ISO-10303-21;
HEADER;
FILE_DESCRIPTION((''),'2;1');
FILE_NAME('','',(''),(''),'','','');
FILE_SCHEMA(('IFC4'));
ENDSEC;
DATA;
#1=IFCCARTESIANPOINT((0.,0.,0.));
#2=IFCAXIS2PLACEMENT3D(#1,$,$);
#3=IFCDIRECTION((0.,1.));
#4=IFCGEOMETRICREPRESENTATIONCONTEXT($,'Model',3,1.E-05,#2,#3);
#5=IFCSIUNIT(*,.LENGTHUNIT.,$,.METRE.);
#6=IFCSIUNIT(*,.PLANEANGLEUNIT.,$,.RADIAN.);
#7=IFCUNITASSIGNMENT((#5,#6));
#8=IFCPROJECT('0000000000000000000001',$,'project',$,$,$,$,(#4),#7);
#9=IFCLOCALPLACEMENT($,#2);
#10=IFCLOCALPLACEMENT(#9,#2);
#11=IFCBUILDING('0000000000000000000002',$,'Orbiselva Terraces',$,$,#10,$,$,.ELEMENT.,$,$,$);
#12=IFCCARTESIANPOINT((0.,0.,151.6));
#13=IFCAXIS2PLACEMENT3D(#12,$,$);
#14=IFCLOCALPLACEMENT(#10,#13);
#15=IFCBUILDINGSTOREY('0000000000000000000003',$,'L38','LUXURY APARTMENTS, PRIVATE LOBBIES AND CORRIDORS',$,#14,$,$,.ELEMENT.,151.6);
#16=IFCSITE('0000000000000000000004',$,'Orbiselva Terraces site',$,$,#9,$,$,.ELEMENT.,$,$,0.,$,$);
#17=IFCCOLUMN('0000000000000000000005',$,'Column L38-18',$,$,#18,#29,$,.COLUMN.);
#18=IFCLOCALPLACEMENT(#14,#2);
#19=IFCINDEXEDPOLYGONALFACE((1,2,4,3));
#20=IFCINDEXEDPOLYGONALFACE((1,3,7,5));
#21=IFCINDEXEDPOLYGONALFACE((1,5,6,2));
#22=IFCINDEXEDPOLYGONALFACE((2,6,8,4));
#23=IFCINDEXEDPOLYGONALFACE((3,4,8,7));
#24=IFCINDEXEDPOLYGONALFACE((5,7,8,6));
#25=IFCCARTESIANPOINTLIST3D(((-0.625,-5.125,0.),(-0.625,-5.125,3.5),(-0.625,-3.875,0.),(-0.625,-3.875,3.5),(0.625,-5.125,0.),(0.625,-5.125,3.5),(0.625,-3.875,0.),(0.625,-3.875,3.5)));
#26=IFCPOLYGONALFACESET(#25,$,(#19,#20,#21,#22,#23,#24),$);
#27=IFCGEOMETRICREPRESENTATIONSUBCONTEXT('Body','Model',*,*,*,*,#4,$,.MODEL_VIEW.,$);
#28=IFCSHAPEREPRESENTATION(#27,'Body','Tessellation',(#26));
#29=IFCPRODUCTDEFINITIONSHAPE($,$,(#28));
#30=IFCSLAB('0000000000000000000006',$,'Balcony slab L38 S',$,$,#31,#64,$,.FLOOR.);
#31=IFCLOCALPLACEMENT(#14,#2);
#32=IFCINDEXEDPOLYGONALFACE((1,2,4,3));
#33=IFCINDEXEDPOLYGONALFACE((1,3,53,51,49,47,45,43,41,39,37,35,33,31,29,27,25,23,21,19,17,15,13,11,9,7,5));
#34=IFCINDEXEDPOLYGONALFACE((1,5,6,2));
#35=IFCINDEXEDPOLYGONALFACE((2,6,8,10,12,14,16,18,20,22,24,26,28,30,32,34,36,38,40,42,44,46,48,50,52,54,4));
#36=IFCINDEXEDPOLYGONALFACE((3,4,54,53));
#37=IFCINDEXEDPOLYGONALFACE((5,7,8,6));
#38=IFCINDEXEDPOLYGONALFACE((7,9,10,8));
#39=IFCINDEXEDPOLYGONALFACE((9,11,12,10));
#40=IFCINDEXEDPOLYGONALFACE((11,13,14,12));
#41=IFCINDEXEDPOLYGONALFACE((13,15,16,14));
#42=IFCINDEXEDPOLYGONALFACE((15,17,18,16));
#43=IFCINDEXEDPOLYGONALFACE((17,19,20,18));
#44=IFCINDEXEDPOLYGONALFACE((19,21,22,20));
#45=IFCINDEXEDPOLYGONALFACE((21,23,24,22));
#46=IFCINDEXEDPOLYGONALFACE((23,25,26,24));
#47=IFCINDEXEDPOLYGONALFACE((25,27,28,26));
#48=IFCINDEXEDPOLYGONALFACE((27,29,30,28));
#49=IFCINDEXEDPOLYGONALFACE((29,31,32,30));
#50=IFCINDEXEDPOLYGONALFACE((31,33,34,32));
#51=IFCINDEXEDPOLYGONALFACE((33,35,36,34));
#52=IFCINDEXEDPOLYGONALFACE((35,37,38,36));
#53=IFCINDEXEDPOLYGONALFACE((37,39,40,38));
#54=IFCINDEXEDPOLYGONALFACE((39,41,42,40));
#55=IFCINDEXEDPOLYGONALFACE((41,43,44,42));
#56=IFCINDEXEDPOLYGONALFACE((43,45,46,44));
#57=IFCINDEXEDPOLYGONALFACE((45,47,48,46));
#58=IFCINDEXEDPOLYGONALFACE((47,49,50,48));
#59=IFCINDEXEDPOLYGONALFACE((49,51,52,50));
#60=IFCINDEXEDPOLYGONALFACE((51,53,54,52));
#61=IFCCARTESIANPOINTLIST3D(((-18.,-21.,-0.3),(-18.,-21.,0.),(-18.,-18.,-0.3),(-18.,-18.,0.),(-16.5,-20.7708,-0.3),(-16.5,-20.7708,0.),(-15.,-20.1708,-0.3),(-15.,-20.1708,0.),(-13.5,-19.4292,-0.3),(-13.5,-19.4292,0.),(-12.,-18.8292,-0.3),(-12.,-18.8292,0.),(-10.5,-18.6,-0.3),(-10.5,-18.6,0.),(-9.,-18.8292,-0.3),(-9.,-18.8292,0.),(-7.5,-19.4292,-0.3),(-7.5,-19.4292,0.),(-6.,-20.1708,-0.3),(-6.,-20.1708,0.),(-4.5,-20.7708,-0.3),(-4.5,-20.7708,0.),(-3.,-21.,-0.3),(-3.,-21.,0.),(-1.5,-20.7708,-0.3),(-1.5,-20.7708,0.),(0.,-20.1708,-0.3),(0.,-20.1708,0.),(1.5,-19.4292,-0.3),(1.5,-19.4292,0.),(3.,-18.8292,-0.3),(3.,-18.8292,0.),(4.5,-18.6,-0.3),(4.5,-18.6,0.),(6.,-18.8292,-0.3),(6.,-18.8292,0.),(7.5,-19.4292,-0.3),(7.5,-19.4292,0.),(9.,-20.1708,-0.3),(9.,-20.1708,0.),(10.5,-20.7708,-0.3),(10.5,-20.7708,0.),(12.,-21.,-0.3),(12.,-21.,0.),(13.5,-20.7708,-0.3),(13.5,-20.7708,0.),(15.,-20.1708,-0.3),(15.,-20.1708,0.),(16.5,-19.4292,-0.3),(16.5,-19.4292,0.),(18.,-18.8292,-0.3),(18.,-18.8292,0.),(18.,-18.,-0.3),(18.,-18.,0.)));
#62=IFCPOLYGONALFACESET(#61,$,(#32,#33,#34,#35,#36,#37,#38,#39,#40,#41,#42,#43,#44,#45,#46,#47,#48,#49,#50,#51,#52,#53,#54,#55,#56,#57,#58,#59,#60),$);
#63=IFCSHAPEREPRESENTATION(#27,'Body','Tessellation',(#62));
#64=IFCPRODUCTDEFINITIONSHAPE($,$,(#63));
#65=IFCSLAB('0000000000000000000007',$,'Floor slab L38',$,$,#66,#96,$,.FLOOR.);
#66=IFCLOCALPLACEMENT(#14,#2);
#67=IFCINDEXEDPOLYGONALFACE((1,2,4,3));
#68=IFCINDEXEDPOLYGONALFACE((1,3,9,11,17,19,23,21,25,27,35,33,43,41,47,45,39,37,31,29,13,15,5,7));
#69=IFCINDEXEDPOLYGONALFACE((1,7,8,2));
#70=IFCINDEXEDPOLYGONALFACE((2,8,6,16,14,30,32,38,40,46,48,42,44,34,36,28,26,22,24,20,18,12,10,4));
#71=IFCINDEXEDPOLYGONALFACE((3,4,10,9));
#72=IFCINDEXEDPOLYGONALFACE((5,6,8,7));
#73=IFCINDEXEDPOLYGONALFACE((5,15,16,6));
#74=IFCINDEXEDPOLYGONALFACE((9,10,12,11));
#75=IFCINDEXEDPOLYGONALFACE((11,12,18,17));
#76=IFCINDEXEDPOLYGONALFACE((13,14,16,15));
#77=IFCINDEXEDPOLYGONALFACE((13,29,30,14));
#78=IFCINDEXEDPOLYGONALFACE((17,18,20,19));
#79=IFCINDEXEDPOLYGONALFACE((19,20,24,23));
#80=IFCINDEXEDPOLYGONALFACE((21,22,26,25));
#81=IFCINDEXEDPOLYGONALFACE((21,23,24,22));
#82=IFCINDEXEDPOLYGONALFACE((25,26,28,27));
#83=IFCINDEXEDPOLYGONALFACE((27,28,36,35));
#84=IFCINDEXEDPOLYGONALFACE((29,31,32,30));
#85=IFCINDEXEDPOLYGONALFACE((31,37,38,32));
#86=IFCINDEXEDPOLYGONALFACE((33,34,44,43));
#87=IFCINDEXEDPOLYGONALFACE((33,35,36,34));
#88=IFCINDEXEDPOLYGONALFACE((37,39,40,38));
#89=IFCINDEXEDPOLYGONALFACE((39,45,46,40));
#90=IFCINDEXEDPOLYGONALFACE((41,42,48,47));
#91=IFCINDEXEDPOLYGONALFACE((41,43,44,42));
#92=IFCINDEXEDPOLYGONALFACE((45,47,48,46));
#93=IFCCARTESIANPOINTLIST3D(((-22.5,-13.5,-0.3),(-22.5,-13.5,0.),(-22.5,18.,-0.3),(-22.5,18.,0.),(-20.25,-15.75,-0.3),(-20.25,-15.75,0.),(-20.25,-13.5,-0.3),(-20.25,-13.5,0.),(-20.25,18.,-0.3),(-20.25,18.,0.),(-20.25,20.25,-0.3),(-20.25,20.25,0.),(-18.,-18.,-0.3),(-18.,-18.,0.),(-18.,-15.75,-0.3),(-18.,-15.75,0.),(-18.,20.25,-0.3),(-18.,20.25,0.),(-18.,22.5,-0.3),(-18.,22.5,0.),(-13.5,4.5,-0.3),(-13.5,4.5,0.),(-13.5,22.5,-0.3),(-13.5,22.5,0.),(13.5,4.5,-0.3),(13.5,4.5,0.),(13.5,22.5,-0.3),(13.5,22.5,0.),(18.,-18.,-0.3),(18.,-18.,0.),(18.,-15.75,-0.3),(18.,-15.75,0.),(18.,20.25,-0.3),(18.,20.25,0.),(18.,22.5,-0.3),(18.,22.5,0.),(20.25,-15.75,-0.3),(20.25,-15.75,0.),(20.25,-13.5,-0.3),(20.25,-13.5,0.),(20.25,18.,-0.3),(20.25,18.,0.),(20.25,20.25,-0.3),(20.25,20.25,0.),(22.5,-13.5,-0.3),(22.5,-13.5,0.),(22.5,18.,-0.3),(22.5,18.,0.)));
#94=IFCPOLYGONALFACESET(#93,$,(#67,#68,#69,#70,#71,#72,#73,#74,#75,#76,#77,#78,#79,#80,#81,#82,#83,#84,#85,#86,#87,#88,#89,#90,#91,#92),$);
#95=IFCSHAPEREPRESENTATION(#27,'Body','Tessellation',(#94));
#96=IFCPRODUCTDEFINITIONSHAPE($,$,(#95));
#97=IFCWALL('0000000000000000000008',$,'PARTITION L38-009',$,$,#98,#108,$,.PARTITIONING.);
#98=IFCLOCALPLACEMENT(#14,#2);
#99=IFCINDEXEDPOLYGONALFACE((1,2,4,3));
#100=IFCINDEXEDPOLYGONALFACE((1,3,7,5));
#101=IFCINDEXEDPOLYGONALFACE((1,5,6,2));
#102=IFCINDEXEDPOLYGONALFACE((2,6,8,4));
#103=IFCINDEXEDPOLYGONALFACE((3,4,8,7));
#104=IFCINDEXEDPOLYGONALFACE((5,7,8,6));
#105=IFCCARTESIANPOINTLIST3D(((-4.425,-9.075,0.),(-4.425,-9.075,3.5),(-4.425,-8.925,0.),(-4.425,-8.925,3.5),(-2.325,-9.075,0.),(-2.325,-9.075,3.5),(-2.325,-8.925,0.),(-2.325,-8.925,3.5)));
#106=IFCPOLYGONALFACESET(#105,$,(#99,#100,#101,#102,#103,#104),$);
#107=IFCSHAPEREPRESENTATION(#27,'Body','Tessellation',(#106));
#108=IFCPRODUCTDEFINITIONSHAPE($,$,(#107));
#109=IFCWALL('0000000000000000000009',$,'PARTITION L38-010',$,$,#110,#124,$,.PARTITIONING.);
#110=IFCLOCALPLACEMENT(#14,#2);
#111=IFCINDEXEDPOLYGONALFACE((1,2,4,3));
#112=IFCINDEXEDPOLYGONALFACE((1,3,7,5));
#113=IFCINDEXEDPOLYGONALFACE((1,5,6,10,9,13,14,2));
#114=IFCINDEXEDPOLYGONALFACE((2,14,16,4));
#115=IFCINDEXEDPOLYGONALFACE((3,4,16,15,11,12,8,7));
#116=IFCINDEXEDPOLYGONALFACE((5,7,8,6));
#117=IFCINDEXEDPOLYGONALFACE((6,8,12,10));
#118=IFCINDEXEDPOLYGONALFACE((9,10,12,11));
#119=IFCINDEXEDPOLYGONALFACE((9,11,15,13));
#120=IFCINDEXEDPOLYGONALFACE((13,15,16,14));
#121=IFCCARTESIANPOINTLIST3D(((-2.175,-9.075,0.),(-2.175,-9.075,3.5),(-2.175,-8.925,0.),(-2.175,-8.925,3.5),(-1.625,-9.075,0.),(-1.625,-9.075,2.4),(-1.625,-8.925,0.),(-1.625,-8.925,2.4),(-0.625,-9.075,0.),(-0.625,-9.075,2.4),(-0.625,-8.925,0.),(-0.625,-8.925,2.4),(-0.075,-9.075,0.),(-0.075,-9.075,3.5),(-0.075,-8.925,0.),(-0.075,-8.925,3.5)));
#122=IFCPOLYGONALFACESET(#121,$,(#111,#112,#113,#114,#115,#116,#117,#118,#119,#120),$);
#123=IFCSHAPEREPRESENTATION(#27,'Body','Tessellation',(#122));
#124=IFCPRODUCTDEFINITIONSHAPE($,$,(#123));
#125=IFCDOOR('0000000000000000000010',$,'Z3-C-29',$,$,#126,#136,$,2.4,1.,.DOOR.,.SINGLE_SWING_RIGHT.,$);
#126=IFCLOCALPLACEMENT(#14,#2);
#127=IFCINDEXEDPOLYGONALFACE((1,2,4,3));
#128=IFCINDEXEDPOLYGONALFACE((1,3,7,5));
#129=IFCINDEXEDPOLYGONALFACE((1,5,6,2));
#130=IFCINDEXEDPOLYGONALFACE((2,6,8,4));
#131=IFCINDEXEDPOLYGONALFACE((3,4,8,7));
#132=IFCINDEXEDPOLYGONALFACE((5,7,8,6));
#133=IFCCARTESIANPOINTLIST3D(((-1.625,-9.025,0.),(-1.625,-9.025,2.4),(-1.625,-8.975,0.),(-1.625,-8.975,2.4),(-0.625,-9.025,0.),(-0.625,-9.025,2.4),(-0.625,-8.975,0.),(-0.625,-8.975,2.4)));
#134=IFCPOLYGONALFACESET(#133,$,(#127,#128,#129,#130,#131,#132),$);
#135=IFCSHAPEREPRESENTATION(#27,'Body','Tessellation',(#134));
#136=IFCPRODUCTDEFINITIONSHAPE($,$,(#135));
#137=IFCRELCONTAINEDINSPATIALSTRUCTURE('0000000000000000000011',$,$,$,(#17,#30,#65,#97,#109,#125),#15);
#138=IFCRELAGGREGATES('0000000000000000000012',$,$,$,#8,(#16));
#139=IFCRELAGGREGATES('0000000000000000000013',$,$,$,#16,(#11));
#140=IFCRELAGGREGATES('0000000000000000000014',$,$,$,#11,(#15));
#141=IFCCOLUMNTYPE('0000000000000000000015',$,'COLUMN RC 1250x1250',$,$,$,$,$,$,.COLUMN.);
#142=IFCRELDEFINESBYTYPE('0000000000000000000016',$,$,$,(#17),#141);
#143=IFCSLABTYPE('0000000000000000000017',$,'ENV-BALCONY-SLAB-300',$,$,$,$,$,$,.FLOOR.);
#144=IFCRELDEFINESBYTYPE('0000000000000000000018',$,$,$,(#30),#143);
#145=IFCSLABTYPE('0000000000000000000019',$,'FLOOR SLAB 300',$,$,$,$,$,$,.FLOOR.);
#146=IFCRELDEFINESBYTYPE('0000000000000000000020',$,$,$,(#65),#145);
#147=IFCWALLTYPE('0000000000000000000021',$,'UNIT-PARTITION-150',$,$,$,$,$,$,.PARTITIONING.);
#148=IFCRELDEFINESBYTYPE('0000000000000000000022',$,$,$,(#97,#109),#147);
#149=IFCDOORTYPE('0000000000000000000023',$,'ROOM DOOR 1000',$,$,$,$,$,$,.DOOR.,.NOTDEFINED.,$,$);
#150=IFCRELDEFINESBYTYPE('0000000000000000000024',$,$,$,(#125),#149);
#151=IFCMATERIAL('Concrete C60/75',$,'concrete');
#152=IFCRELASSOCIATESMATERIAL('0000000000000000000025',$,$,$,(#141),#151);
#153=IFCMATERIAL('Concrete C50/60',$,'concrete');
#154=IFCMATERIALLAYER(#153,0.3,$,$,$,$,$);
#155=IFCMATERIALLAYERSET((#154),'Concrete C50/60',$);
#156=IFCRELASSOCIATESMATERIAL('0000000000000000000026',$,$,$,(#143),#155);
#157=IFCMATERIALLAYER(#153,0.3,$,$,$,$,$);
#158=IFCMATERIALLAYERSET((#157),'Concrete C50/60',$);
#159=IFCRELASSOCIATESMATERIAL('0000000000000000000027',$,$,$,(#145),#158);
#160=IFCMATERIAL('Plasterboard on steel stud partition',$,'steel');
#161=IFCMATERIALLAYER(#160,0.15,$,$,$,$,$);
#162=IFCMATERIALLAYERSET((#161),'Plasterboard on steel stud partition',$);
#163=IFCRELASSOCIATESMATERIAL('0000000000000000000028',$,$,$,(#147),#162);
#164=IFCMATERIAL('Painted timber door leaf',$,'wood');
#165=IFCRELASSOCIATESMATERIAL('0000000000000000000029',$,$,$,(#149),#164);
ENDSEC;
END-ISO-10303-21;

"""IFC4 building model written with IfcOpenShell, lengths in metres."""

from ifc_helpers import new_model, si_unit, direction, frame, frame_2d, origin, origin_2d, place, context, subcontext, project, spatial, polyline, rectangle, outline, extrude, material, layer, layer_set, material_profile, profile_set, type_object, element, fill, save


model = new_model("IFC4")

# Units and contexts
model_context = context("Model", 3, precision=1e-05, world=origin(), true_north=direction((0.0, 1.0)))
body_context = subcontext(model_context, "Body", "Model", "MODEL_VIEW")
ifc_project = project(units=[si_unit("LENGTHUNIT", "METRE"), si_unit("PLANEANGLEUNIT", "RADIAN")], contexts=[model_context])

# Site, building, storey
site_placement = place(None, origin())
site = spatial("IfcSite", under=ifc_project, at=site_placement, Name="Orbiselva Terraces site", CompositionType="ELEMENT", RefElevation=0.0)
building_placement = place(site_placement, origin())
building = spatial("IfcBuilding", under=site, at=building_placement, Name="Orbiselva Terraces", CompositionType="ELEMENT")
storey_placement = place(building_placement, frame((0.0, 0.0, 151.6)))
storey = spatial("IfcBuildingStorey", under=building, at=storey_placement, Name="L38", Description="LUXURY APARTMENTS, PRIVATE LOBBIES AND CORRIDORS", CompositionType="ELEMENT", Elevation=151.6)

# Column
ifc_material_1 = material(Name="Concrete C60/75", Category="concrete")
ifc_material_profile = material_profile(ifc_material_1, rectangle(XDim=1.25, YDim=1.25, at=origin_2d()), Name="RC 1250x1250")
ifc_profile_set = profile_set([ifc_material_profile], Name="Concrete C60/75")
column_type = type_object("IfcColumnType", Name="COLUMN RC 1250x1250", PredefinedType="COLUMN", material=ifc_profile_set)
column_placement = place(storey_placement, frame((0.0, -4.5, 0.0), z_axis=(0.0, 0.0, 1.0), x_axis=(1.0, 0.0, 0.0)))
element("IfcColumn", 1, at=column_placement, inside=storey, type_object=column_type, Name="Column L38-18", PredefinedType="COLUMN", context=body_context, shape_type="SweptSolid", body=[
    extrude(rectangle(XDim=1.25, YDim=1.25, at=origin_2d()), origin(), (0.0, 0.0, 1.0), 3.5),
])

# Slabs
ifc_material_2 = material(Name="Concrete C50/60", Category="concrete")
ifc_layer_1 = layer(ifc_material_2, 0.3)
ifc_layer_set_1 = layer_set([ifc_layer_1], Name="Concrete C50/60")
slab_type_1 = type_object("IfcSlabType", Name="ENV-BALCONY-SLAB-300", PredefinedType="FLOOR", material=ifc_layer_set_1)
slab_1_placement = place(storey_placement, frame((0.0, 0.0, -0.3)))
element("IfcSlab", 2, at=slab_1_placement, inside=storey, type_object=slab_type_1, Name="Balcony slab L38 S", PredefinedType="FLOOR", context=body_context, shape_type="SweptSolid", body=[
    extrude(outline(polyline([(-18.0, -21.0), (-16.5, -20.7708), (-15.0, -20.1708), (-13.5, -19.4292), (-12.0, -18.8292), (-10.5, -18.6), (-9.0, -18.8292), (-7.5, -19.4292), (-6.0, -20.1708), (-4.5, -20.7708), (-3.0, -21.0), (-1.5, -20.7708), (0.0, -20.1708), (1.5, -19.4292), (3.0, -18.8292), (4.5, -18.6), (6.0, -18.8292), (7.5, -19.4292), (9.0, -20.1708), (10.5, -20.7708), (12.0, -21.0), (13.5, -20.7708), (15.0, -20.1708), (16.5, -19.4292), (18.0, -18.8292), (18.0, -18.0), (-18.0, -18.0), (-18.0, -21.0)])), origin(), (0.0, 0.0, 1.0), 0.3),
])
ifc_layer_2 = layer(ifc_material_2, 0.3)
ifc_layer_set_2 = layer_set([ifc_layer_2], Name="Concrete C50/60")
slab_type_2 = type_object("IfcSlabType", Name="FLOOR SLAB 300", PredefinedType="FLOOR", material=ifc_layer_set_2)
slab_2_placement = place(storey_placement, frame((0.0, 0.0, -0.3)))
element("IfcSlab", 3, at=slab_2_placement, inside=storey, type_object=slab_type_2, Name="Floor slab L38", PredefinedType="FLOOR", context=body_context, shape_type="SweptSolid", body=[
    extrude(outline(polyline([(18.0, 22.5), (18.0, 20.25), (20.25, 20.25), (20.25, 18.0), (22.5, 18.0), (22.5, -13.5), (20.25, -13.5), (20.25, -15.75), (18.0, -15.75), (18.0, -18.0), (-18.0, -18.0), (-18.0, -15.75), (-20.25, -15.75), (-20.25, -13.5), (-22.5, -13.5), (-22.5, 18.0), (-20.25, 18.0), (-20.25, 20.25), (-18.0, 20.25), (-18.0, 22.5), (-13.5, 22.5), (-13.5, 4.5), (13.5, 4.5), (13.5, 22.5), (18.0, 22.5)])), origin(), (0.0, 0.0, 1.0), 0.3),
])

# Wall
ifc_material_3 = material(Name="Plasterboard on steel stud partition", Category="steel")
ifc_layer_3 = layer(ifc_material_3, 0.15)
ifc_layer_set_3 = layer_set([ifc_layer_3], Name="Plasterboard on steel stud partition")
wall_type = type_object("IfcWallType", Name="UNIT-PARTITION-150", PredefinedType="PARTITIONING", material=ifc_layer_set_3)
wall_1_placement = place(storey_placement, frame((-4.425, -9.0, 0.0), z_axis=(0.0, 0.0, 1.0), x_axis=(1.0, 0.0, 0.0)))
element("IfcWall", 4, at=wall_1_placement, inside=storey, type_object=wall_type, Name="PARTITION L38-009", PredefinedType="PARTITIONING", context=body_context, shape_type="SweptSolid", body=[
    extrude(rectangle(XDim=2.1, YDim=0.15, at=frame_2d((1.05, 0.0))), origin(), (0.0, 0.0, 1.0), 3.5),
])

# Wall, opening, door
wall_2_placement = place(storey_placement, frame((-0.075, -9.0, 0.0), z_axis=(0.0, 0.0, 1.0), x_axis=(-1.0, 0.0, 0.0)))
wall_2 = element("IfcWall", 5, at=wall_2_placement, inside=storey, type_object=wall_type, Name="PARTITION L38-010", PredefinedType="PARTITIONING", context=body_context, shape_type="SweptSolid", body=[
    extrude(rectangle(XDim=2.1, YDim=0.15, at=frame_2d((1.05, 0.0))), origin(), (0.0, 0.0, 1.0), 3.5),
])
opening_1_placement = place(wall_2_placement, frame((0.55, 0.0, 0.0)))
opening_1 = element("IfcOpeningElement", 6, at=opening_1_placement, cuts=wall_2, PredefinedType="OPENING", context=body_context, shape_type="SweptSolid", body=[
    extrude(rectangle(XDim=1.0, YDim=2.4, at=frame_2d((0.5, 1.2))), frame((0.0, 0.085, 0.0), z_axis=(0.0, -1.0, 0.0), x_axis=(1.0, 0.0, 0.0)), (0.0, 0.0, 1.0), 0.17),
])
ifc_material_4 = material(Name="Painted timber door leaf", Category="wood")
door_type_1 = type_object("IfcDoorType", Name="ROOM DOOR 1000", OperationType="NOTDEFINED", PredefinedType="DOOR", material=ifc_material_4)
door_1_placement = place(opening_1_placement, origin())
door_1 = element("IfcDoor", 7, at=door_1_placement, inside=storey, type_object=door_type_1, Name="Z3-C-29", OperationType="SINGLE_SWING_RIGHT", OverallHeight=2.4, OverallWidth=1.0, PredefinedType="DOOR", context=body_context, shape_type="SweptSolid", body=[
    extrude(rectangle(XDim=1.0, YDim=2.4, at=frame_2d((0.5, 1.2))), frame((0.0, 0.025, 0.0), z_axis=(0.0, -1.0, 0.0), x_axis=(1.0, 0.0, 0.0)), (0.0, 0.0, 1.0), 0.05),
])
fill(opening_1, door_1)

save(model, "model.ifc")
